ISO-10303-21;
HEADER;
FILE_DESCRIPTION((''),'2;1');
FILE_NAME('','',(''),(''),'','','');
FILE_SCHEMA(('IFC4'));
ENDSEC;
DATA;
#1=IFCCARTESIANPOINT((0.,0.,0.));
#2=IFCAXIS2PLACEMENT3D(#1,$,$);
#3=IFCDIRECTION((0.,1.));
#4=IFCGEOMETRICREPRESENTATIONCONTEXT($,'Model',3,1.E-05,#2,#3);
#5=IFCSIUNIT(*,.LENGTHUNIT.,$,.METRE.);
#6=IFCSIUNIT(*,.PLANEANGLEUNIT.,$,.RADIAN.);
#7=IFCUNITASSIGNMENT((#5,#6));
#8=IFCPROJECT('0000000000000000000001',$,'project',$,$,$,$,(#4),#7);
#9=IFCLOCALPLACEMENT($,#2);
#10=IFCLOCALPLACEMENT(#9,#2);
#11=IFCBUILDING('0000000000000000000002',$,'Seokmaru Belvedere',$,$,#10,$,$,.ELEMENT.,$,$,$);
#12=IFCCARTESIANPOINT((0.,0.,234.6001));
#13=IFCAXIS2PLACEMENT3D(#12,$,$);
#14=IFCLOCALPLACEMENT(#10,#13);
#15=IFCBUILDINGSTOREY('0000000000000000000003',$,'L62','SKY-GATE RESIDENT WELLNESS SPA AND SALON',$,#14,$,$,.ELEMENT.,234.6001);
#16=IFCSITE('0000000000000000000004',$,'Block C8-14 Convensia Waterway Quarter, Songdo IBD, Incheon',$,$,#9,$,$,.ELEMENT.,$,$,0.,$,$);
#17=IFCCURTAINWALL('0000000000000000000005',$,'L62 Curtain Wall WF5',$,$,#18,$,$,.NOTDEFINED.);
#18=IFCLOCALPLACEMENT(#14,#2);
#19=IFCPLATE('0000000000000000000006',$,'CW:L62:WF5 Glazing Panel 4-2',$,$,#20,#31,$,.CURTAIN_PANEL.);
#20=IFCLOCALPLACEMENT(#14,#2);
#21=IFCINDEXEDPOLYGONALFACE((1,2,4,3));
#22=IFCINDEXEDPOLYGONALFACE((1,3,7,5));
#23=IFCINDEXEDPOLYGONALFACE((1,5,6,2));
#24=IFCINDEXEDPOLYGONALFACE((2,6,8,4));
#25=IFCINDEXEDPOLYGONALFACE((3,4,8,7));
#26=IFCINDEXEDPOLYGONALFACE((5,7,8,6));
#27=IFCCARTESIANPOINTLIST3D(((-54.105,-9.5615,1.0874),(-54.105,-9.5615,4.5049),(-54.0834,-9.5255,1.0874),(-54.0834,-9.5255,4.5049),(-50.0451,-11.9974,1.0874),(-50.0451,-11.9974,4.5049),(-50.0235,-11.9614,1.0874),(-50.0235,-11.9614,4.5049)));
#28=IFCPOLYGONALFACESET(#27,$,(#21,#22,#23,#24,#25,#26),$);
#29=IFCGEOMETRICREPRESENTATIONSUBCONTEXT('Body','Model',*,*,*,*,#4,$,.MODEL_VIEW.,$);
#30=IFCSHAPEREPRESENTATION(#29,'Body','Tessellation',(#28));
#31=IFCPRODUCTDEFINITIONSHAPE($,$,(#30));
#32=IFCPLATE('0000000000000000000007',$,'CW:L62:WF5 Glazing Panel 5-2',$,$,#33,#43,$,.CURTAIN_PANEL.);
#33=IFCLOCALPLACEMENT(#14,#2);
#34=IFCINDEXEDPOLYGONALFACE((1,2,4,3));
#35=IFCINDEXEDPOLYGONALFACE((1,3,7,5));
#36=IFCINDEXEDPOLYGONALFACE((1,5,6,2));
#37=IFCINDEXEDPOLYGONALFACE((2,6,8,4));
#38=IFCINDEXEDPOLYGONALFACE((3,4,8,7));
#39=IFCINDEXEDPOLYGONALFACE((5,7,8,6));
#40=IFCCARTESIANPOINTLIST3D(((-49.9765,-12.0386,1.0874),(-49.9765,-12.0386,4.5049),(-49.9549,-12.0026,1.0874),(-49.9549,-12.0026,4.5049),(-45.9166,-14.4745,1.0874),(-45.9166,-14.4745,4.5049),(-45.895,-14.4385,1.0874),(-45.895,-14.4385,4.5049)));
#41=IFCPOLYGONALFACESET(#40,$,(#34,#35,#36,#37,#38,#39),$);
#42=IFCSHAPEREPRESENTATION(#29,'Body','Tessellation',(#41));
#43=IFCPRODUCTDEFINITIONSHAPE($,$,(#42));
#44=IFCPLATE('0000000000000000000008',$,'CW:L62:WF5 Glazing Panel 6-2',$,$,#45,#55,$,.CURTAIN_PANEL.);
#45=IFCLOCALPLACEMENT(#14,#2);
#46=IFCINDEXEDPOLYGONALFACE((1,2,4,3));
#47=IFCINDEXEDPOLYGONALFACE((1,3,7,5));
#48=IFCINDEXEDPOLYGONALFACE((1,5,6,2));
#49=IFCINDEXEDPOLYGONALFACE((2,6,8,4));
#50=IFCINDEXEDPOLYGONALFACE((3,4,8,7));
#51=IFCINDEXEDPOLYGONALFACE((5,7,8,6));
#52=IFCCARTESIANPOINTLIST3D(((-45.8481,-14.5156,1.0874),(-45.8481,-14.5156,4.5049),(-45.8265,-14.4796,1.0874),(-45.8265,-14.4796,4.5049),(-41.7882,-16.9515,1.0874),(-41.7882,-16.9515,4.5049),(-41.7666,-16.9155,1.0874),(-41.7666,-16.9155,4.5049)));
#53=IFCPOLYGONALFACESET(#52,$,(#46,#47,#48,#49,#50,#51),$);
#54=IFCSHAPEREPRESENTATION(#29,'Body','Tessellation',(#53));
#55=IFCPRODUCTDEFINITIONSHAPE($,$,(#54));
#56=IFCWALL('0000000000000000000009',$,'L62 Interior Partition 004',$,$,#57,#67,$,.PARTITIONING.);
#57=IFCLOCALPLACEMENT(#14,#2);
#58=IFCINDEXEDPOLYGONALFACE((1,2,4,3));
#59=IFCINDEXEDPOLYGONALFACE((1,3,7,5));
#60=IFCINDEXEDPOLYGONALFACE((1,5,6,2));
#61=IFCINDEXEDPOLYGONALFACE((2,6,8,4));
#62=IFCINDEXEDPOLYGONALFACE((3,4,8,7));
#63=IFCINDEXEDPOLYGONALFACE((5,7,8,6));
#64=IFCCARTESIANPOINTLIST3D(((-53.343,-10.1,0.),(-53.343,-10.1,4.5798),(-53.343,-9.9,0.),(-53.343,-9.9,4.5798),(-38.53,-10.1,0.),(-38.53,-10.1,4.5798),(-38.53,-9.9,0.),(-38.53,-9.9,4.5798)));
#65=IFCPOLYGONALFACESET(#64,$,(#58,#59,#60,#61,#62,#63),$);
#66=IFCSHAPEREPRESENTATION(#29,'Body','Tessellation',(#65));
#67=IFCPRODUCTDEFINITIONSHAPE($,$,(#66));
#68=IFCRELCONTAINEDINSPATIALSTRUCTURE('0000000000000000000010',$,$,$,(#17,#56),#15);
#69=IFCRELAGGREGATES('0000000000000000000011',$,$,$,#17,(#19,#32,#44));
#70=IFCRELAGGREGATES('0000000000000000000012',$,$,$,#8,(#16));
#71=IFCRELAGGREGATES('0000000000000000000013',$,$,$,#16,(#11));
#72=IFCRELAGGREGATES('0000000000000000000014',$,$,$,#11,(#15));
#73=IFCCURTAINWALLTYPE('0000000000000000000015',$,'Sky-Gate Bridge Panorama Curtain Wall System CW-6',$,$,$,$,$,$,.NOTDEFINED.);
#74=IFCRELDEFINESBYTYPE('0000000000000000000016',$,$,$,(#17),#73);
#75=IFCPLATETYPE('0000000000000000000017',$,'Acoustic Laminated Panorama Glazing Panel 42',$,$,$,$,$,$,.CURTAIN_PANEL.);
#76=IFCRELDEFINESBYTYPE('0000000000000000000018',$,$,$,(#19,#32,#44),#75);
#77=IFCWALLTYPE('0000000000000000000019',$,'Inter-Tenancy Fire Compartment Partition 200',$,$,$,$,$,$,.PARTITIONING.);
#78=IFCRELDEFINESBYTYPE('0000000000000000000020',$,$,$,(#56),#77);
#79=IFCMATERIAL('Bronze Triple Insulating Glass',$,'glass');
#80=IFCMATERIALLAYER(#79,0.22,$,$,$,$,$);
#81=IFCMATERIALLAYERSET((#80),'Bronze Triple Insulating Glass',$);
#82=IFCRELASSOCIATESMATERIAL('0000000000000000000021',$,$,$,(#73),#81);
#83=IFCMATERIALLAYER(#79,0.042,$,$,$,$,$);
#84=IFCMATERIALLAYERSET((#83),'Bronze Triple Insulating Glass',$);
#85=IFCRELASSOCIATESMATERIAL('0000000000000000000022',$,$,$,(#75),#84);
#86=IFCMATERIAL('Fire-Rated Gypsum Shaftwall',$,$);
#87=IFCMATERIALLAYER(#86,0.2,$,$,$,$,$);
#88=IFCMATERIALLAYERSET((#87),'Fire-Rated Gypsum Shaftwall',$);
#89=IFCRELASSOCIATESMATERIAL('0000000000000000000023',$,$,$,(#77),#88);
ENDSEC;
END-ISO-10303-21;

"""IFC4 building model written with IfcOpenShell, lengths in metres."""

from ifc_helpers import new_model, si_unit, direction, frame, frame_2d, origin, origin_2d, place, context, subcontext, project, spatial, rectangle, extrude, source, transform, mapped, material, layer, layer_set, type_object, type_shapes, element, aggregate, save


model = new_model("IFC4")

# Units and contexts
model_context = context("Model", 3, precision=1e-05, world=origin(), true_north=direction((0.0, 1.0)))
body_context = subcontext(model_context, "Body", "Model", "MODEL_VIEW")
ifc_project = project(units=[si_unit("LENGTHUNIT", "METRE"), si_unit("PLANEANGLEUNIT", "RADIAN")], contexts=[model_context])

# Site, building, storey
site_placement = place(None, origin())
site = spatial("IfcSite", under=ifc_project, at=site_placement, Name="Block C8-14 Convensia Waterway Quarter, Songdo IBD, Incheon", CompositionType="ELEMENT", RefElevation=0.0)
building_placement = place(site_placement, origin())
building = spatial("IfcBuilding", under=site, at=building_placement, Name="Seokmaru Belvedere", CompositionType="ELEMENT")
storey_placement = place(building_placement, frame((0.0, 0.0, 234.6001)))
storey = spatial("IfcBuildingStorey", under=building, at=storey_placement, Name="L62", Description="SKY-GATE RESIDENT WELLNESS SPA AND SALON", CompositionType="ELEMENT", Elevation=234.6001)

# Curtain wall, plates
ifc_material_1 = material(Name="Bronze Triple Insulating Glass", Category="glass")
ifc_layer_1 = layer(ifc_material_1, 0.22)
ifc_layer_set_1 = layer_set([ifc_layer_1], Name="Bronze Triple Insulating Glass")
curtain_wall_type = type_object("IfcCurtainWallType", Name="Sky-Gate Bridge Panorama Curtain Wall System CW-6", PredefinedType="NOTDEFINED", material=ifc_layer_set_1)
curtain_wall_placement = place(storey_placement, origin())
curtain_wall = element("IfcCurtainWall", 1, at=curtain_wall_placement, inside=storey, type_object=curtain_wall_type, Name="L62 Curtain Wall WF5", PredefinedType="NOTDEFINED")
ifc_layer_2 = layer(ifc_material_1, 0.042)
ifc_layer_set_2 = layer_set([ifc_layer_2], Name="Bronze Triple Insulating Glass")
plate_type_1 = type_object("IfcPlateType", Name="Acoustic Laminated Panorama Glazing Panel 42", PredefinedType="CURTAIN_PANEL", material=ifc_layer_set_2)
shared_shape_1 = source(origin(), body_context, "Body", "SweptSolid", [
    extrude(rectangle(XDim=4.7346, YDim=0.042, at=origin_2d()), origin(), (0.0, 0.0, 1.0), 3.4175),
])
type_shapes(plate_type_1, [shared_shape_1])
plate_1_placement = place(storey_placement, frame((-52.0642, -10.7615, 1.0874), z_axis=(0.0, 0.0, 1.0), x_axis=(0.857493, -0.514495, 0.0)))
plate_1 = element("IfcPlate", 2, at=plate_1_placement, type_object=plate_type_1, Name="CW:L62:WF5 Glazing Panel 4-2", PredefinedType="CURTAIN_PANEL", context=body_context, shape_type="MappedRepresentation", body=[
    mapped(shared_shape_1, transform((0.0, 0.0, 0.0), scale=1.0)),
])
plate_2_placement = place(storey_placement, frame((-47.9358, -13.2385, 1.0874), z_axis=(0.0, 0.0, 1.0), x_axis=(0.857493, -0.514495, 0.0)))
plate_2 = element("IfcPlate", 3, at=plate_2_placement, type_object=plate_type_1, Name="CW:L62:WF5 Glazing Panel 5-2", PredefinedType="CURTAIN_PANEL", context=body_context, shape_type="MappedRepresentation", body=[
    mapped(shared_shape_1, transform((0.0, 0.0, 0.0), scale=1.0)),
])
plate_3_placement = place(storey_placement, frame((-43.8074, -15.7156, 1.0874), z_axis=(0.0, 0.0, 1.0), x_axis=(0.857493, -0.514495, 0.0)))
plate_3 = element("IfcPlate", 4, at=plate_3_placement, type_object=plate_type_1, Name="CW:L62:WF5 Glazing Panel 6-2", PredefinedType="CURTAIN_PANEL", context=body_context, shape_type="MappedRepresentation", body=[
    mapped(shared_shape_1, transform((0.0, 0.0, 0.0), scale=1.0)),
])
aggregate(curtain_wall, [plate_1, plate_2, plate_3])

# Wall
ifc_material_2 = material(Name="Fire-Rated Gypsum Shaftwall")
ifc_layer_3 = layer(ifc_material_2, 0.2)
ifc_layer_set_3 = layer_set([ifc_layer_3], Name="Fire-Rated Gypsum Shaftwall")
wall_type = type_object("IfcWallType", Name="Inter-Tenancy Fire Compartment Partition 200", PredefinedType="PARTITIONING", material=ifc_layer_set_3)
wall_placement = place(storey_placement, frame((-53.343, -10.0, 0.0), z_axis=(0.0, 0.0, 1.0), x_axis=(1.0, 0.0, 0.0)))
element("IfcWall", 5, at=wall_placement, inside=storey, type_object=wall_type, Name="L62 Interior Partition 004", PredefinedType="PARTITIONING", context=body_context, shape_type="SweptSolid", body=[
    extrude(rectangle(XDim=14.813, YDim=0.2, at=frame_2d((7.4065, 0.0))), origin(), (0.0, 0.0, 1.0), 4.5798),
])

save(model, "model.ifc")
